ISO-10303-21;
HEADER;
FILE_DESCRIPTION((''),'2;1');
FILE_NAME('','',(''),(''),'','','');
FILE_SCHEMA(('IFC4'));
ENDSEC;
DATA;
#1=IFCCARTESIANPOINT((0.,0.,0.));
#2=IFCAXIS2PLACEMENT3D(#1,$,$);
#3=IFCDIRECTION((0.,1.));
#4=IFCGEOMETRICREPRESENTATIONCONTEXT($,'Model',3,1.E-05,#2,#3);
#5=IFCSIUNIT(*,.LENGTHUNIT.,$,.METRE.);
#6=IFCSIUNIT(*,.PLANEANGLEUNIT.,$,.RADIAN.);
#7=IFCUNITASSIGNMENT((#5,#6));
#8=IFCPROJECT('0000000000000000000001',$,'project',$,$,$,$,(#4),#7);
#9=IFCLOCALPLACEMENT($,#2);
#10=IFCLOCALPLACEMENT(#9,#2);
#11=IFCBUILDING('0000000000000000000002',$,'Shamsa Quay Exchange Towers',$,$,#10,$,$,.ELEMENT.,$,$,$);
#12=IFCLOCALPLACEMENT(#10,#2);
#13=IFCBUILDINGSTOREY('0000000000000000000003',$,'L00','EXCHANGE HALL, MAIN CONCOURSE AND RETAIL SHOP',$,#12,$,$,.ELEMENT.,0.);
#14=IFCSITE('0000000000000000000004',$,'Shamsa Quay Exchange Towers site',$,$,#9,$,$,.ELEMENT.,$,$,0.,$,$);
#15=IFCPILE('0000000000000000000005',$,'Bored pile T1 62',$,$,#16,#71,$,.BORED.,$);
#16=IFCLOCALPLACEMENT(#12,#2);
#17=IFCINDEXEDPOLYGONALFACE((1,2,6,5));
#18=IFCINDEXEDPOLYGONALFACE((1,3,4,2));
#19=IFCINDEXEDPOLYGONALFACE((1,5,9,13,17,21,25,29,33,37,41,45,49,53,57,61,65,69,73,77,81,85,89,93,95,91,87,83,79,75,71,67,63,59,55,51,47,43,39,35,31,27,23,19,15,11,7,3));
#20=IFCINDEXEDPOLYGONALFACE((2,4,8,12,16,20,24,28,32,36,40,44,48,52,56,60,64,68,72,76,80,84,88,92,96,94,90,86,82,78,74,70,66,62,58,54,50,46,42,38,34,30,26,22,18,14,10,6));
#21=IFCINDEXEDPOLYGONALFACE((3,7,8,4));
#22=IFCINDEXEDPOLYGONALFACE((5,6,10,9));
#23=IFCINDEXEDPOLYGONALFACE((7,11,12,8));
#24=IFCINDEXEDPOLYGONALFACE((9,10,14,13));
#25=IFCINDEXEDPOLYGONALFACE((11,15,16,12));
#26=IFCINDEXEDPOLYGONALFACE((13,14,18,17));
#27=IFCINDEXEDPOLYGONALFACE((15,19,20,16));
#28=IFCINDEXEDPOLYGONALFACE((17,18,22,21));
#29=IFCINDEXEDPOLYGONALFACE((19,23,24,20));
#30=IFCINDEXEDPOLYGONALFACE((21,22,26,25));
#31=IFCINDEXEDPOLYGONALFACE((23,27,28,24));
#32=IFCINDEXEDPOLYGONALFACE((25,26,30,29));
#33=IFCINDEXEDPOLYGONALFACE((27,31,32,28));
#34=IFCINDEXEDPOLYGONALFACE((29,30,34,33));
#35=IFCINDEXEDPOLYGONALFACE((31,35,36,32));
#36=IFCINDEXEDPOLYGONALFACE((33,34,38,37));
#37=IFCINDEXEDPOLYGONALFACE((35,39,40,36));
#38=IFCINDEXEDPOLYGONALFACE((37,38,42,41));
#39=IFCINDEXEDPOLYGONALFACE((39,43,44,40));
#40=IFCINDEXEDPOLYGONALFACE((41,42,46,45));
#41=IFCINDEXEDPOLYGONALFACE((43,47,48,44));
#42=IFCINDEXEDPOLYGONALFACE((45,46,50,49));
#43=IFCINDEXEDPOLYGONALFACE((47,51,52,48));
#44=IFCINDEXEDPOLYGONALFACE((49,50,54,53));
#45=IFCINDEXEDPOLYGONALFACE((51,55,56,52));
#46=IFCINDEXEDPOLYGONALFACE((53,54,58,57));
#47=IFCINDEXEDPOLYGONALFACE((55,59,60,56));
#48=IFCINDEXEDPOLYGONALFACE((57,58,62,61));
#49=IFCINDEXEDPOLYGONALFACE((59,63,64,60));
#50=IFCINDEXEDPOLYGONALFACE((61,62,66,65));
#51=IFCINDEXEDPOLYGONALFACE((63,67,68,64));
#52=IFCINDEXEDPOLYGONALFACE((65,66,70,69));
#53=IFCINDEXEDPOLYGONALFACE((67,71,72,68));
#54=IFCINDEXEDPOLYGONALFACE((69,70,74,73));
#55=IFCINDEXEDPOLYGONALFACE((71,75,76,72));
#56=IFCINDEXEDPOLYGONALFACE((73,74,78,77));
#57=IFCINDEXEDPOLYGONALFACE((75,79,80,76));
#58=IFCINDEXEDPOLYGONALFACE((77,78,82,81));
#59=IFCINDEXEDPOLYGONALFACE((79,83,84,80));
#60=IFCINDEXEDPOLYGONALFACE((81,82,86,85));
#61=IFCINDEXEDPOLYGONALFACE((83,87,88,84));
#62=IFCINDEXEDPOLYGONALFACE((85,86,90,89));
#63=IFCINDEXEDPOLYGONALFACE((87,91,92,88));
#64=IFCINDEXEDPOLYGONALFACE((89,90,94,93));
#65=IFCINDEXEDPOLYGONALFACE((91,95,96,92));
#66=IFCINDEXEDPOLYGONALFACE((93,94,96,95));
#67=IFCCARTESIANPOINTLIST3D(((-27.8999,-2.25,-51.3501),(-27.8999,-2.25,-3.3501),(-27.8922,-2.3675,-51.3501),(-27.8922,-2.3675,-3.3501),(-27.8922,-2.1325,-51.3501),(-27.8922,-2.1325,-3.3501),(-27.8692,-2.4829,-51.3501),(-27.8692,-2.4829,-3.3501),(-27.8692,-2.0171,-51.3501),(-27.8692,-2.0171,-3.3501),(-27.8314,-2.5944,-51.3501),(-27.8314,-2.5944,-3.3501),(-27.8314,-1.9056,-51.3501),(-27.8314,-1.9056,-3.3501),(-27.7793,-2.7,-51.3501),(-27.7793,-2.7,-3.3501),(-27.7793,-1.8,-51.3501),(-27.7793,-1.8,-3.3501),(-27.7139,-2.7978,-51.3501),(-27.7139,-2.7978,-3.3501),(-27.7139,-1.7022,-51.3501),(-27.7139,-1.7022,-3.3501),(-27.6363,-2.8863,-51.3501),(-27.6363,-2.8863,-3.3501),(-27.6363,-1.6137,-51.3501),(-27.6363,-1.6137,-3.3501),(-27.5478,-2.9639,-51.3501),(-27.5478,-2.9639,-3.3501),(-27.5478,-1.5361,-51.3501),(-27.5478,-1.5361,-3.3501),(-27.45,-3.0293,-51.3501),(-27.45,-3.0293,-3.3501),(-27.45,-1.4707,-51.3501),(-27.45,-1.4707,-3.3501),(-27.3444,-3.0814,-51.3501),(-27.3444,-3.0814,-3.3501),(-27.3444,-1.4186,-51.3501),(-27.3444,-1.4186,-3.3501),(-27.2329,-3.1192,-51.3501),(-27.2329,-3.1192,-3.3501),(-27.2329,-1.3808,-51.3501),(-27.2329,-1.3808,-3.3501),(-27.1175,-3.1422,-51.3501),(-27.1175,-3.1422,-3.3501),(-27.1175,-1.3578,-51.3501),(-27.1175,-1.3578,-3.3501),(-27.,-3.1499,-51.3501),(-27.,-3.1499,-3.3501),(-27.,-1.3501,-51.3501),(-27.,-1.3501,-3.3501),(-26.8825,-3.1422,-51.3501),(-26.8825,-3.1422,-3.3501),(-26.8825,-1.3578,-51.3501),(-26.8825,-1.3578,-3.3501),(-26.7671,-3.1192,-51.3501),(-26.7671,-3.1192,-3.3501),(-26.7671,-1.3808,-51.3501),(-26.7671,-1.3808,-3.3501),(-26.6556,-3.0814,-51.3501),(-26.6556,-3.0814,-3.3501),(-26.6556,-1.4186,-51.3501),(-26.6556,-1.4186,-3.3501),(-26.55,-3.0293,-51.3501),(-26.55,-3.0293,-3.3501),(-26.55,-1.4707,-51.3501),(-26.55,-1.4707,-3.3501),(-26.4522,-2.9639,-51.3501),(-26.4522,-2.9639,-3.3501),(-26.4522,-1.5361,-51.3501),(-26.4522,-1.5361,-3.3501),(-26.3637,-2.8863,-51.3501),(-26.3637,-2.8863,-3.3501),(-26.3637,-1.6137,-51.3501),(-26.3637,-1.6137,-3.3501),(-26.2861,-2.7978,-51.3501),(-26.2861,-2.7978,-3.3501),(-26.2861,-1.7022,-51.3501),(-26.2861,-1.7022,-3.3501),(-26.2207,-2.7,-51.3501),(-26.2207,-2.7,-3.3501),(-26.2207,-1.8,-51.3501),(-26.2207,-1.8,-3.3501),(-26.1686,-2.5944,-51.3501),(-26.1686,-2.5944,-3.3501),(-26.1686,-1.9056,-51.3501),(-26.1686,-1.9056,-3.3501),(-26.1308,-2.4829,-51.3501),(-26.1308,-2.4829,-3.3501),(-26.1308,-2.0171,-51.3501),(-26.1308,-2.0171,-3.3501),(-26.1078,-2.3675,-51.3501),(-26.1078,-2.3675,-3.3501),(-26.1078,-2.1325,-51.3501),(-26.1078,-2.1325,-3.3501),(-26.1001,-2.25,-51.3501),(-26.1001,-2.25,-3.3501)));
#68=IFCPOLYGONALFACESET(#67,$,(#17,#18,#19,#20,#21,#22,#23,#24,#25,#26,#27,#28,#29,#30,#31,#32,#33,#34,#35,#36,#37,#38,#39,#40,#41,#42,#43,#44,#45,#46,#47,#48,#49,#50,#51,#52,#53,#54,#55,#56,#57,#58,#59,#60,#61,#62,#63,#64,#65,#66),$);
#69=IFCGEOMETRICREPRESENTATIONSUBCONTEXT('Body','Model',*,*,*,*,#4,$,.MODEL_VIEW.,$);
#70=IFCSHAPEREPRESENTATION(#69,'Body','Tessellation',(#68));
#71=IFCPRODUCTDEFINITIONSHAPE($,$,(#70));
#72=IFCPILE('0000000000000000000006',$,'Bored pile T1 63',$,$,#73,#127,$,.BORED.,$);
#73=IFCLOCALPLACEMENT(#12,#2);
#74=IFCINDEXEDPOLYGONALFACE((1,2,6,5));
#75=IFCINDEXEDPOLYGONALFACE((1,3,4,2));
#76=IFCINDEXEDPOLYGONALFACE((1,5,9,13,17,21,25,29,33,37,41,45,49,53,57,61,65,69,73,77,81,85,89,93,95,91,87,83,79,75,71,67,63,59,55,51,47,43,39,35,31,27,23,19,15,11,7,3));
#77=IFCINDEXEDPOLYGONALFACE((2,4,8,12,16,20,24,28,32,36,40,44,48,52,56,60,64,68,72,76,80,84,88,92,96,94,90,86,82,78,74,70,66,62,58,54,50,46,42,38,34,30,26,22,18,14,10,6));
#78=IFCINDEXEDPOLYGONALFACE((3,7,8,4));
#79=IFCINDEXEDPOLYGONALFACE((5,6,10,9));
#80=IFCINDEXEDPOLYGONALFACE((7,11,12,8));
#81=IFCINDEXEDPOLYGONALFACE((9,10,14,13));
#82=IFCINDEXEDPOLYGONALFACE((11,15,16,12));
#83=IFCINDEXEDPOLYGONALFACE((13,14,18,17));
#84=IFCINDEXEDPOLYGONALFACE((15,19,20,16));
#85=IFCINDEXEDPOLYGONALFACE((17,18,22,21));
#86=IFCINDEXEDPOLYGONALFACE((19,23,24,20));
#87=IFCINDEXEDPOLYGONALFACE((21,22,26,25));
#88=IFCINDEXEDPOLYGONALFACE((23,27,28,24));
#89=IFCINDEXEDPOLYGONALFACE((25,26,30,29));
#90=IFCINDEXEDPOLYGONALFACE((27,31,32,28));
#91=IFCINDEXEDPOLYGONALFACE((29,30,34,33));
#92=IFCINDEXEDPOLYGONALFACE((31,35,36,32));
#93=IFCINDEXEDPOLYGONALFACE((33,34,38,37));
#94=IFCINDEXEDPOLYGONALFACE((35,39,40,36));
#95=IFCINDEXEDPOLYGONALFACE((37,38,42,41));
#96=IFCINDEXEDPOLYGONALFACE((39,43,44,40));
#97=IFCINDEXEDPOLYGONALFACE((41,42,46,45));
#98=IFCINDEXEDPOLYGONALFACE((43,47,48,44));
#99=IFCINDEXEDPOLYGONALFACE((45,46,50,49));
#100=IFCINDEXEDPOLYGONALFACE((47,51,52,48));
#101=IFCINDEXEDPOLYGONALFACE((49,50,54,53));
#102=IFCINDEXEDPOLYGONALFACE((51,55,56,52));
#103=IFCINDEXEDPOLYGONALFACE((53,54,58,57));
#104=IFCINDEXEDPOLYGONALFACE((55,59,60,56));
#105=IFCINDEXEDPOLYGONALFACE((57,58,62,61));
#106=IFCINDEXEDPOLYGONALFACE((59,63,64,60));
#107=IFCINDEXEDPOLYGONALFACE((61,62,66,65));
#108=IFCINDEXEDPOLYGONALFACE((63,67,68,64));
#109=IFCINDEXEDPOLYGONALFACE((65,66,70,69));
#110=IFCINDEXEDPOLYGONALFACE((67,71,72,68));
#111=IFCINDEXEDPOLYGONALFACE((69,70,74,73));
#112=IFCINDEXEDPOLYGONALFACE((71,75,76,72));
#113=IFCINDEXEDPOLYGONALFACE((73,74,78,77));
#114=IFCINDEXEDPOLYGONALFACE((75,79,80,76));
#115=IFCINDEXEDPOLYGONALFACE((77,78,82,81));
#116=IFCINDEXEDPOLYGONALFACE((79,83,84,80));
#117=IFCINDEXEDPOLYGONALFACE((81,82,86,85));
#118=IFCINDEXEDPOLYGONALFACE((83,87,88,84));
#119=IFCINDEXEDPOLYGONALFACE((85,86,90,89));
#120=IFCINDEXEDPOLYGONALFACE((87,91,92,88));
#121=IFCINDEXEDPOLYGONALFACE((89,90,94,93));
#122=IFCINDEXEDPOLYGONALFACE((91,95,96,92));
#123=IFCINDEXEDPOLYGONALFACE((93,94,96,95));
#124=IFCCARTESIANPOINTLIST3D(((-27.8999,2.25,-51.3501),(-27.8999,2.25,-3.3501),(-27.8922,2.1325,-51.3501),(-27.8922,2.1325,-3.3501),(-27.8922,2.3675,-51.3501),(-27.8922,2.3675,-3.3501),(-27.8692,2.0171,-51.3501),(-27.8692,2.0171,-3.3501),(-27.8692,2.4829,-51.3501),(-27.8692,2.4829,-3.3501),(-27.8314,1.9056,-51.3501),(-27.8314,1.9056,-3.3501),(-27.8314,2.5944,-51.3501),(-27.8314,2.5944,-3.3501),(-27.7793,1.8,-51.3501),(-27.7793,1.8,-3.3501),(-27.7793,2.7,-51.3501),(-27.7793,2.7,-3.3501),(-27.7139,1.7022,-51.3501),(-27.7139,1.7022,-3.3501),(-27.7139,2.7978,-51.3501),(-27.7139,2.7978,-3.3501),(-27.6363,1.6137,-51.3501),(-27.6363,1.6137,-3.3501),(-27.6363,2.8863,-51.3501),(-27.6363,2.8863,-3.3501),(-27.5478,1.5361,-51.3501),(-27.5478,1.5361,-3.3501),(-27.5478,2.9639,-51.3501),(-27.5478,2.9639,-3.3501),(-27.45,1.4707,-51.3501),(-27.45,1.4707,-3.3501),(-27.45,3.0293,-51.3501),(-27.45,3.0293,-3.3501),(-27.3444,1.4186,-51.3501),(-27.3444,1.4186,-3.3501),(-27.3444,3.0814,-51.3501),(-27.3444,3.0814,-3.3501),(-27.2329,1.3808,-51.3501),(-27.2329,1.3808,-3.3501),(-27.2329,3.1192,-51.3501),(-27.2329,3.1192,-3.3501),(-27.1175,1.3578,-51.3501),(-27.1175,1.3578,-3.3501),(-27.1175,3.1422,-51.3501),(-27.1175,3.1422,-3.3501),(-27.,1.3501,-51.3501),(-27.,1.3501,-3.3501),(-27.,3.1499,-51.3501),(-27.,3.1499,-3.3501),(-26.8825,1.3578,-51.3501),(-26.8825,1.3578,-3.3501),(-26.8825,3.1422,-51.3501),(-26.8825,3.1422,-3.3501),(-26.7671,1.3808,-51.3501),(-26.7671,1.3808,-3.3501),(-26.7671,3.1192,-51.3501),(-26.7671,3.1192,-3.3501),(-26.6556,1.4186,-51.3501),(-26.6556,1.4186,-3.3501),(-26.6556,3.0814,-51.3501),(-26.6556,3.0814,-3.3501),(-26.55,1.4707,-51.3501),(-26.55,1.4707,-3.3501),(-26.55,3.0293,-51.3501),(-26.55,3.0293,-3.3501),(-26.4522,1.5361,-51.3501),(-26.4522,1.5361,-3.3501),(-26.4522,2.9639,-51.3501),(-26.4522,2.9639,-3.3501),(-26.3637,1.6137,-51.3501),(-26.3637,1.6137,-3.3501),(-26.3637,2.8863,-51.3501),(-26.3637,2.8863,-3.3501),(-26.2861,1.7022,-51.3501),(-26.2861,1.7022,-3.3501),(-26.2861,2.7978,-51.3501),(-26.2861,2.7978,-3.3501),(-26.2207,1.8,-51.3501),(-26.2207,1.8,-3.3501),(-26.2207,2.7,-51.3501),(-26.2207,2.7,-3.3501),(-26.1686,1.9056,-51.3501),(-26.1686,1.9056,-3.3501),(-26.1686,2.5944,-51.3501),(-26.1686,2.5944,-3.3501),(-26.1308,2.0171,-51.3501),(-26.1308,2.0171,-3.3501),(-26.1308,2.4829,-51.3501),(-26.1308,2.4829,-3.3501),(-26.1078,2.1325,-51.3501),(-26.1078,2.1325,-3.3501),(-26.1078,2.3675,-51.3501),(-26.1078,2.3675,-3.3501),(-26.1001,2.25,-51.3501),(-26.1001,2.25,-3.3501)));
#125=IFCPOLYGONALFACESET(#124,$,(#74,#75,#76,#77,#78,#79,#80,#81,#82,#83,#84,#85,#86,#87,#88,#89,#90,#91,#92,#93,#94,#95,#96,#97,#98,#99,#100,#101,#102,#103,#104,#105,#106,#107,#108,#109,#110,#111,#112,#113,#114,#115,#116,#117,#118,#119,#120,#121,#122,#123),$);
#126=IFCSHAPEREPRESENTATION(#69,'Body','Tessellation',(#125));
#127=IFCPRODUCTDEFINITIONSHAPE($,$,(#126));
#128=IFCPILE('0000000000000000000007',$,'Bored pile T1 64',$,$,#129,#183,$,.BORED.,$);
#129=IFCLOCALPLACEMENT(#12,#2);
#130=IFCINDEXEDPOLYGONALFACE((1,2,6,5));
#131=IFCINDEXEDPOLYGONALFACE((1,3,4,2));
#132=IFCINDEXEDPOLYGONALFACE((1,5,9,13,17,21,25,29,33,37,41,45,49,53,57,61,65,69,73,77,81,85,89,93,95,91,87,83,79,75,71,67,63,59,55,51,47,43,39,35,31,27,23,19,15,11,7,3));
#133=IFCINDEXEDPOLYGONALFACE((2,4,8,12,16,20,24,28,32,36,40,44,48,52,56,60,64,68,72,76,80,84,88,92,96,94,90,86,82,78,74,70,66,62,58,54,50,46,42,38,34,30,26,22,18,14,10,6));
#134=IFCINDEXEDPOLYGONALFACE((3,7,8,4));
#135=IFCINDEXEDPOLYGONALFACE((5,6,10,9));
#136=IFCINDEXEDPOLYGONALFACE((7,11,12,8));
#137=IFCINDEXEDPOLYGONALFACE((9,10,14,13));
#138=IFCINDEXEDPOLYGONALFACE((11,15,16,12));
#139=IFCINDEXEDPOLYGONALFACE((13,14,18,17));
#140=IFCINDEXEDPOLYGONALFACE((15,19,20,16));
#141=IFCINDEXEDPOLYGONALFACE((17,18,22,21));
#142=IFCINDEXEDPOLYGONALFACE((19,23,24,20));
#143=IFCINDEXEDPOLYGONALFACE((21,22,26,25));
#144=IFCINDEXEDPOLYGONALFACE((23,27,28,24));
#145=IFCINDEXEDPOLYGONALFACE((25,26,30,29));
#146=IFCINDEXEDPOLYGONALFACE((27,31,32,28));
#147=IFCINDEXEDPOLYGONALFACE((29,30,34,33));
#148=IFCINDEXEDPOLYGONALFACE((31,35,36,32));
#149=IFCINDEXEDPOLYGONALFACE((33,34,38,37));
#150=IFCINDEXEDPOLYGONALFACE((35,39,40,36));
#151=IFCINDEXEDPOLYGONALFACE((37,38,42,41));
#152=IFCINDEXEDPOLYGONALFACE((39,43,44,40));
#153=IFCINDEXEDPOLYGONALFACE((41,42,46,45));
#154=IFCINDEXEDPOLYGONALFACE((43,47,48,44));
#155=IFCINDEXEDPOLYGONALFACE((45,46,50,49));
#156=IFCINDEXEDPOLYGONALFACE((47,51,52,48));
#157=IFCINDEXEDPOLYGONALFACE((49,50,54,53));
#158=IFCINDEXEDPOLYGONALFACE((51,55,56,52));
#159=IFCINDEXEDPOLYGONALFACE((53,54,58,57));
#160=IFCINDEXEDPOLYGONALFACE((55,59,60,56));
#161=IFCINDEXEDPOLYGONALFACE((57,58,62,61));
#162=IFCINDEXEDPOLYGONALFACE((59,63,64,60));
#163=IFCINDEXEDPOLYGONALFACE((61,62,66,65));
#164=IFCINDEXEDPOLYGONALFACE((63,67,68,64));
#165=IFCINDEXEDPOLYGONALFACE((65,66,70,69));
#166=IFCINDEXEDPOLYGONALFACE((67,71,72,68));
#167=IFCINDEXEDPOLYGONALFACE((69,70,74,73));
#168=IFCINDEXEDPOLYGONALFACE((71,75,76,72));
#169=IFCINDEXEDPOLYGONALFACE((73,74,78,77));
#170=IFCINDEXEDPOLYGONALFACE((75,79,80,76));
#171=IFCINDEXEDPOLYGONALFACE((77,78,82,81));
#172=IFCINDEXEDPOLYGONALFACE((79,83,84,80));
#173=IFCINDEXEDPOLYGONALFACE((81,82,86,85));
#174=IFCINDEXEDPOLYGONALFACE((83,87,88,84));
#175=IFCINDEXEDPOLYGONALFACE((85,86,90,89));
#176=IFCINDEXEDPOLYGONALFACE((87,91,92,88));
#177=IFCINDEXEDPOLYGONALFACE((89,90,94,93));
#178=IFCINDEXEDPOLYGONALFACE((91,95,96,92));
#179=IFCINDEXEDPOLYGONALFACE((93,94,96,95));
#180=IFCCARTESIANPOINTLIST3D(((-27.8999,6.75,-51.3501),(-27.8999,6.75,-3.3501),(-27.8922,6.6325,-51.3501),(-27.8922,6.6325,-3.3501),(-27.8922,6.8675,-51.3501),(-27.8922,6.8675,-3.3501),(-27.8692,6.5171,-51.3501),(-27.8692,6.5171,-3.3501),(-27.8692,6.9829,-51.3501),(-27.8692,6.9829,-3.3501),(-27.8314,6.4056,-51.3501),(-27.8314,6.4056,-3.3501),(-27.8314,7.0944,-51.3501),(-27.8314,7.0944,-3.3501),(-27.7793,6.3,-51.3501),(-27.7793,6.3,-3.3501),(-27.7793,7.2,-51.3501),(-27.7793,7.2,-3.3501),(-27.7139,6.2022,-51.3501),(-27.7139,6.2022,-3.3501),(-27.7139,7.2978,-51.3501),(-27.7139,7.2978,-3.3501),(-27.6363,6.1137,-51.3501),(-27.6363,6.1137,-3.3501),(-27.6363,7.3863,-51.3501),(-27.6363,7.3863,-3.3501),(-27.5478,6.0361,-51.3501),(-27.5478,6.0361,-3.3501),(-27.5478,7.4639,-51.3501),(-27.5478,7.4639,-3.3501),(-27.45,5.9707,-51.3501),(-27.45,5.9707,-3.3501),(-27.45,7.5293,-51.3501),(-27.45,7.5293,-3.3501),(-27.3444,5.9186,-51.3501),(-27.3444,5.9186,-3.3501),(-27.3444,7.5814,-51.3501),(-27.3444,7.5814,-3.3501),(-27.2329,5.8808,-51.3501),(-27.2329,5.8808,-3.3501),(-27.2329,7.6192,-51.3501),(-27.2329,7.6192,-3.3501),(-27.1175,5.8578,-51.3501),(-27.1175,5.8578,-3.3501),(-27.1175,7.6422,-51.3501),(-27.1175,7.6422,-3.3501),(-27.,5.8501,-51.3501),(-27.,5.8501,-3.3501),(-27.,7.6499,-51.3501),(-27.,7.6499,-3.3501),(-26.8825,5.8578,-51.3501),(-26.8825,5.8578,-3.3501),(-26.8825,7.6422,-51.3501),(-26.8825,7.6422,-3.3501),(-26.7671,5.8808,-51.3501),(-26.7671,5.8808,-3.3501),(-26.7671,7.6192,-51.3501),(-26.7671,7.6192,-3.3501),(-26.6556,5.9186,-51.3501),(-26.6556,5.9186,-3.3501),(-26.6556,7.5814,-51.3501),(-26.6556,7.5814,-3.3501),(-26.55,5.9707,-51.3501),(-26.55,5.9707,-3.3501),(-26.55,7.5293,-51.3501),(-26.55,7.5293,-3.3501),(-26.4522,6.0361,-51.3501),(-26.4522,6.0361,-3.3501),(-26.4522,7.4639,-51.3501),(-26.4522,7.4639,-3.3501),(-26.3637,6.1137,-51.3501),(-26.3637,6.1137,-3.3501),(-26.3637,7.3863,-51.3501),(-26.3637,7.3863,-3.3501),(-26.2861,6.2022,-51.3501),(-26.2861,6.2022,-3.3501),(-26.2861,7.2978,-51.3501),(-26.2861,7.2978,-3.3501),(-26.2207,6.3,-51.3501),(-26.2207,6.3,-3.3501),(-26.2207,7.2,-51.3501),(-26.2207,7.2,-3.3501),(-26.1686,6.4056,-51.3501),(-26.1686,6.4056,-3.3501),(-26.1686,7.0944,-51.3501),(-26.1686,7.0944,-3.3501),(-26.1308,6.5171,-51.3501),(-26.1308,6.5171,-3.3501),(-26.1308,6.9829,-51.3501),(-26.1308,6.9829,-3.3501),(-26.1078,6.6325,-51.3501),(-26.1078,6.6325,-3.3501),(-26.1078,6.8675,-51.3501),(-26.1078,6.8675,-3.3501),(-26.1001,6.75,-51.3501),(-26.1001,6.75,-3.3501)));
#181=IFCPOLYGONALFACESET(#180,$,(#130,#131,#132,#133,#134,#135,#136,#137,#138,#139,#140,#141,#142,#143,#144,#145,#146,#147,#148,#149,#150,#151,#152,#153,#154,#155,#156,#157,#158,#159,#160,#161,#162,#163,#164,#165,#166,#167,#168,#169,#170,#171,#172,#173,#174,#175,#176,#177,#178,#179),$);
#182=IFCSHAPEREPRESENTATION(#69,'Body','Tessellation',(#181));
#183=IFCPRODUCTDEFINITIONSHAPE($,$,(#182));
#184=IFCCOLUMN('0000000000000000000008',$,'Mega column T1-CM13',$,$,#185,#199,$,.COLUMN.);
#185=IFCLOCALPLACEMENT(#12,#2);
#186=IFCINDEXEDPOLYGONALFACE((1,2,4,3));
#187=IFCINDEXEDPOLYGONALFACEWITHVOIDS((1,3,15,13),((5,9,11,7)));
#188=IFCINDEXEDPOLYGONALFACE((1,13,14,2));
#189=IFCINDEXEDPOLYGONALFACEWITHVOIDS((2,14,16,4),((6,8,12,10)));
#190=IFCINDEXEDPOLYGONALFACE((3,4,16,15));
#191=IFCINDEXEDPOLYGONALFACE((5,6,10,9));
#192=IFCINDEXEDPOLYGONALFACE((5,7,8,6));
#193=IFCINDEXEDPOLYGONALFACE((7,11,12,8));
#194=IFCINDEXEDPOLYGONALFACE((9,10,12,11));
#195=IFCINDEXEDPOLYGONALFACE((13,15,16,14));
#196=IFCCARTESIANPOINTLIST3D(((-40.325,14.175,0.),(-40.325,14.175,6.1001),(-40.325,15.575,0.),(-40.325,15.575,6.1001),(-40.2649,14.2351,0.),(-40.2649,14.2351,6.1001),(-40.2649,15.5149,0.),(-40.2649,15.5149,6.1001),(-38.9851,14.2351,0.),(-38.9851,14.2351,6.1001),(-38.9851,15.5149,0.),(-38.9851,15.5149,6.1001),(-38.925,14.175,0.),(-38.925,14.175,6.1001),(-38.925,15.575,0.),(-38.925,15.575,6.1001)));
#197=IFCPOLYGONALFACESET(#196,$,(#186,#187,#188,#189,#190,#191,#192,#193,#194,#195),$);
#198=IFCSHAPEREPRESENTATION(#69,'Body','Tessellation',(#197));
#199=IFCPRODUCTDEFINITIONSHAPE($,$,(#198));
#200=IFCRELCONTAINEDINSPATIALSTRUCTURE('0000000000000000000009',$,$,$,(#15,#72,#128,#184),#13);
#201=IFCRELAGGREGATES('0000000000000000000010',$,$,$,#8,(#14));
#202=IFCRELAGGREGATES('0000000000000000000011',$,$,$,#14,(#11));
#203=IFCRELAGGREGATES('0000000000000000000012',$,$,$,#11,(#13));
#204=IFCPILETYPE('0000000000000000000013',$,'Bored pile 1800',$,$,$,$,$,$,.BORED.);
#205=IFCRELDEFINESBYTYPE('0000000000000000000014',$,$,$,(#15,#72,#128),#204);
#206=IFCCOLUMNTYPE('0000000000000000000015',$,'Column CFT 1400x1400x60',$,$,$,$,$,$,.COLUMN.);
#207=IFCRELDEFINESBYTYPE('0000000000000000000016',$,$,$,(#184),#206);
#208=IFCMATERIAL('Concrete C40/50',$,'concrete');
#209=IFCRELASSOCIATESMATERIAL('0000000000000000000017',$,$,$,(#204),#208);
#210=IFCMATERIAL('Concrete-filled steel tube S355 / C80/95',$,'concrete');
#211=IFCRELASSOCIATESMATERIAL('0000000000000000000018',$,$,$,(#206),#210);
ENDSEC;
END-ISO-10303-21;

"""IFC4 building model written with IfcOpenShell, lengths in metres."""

from ifc_helpers import new_model, si_unit, direction, frame, origin, origin_2d, place, context, subcontext, project, spatial, hollow_rectangle, circle, extrude, material, material_profile, profile_set, type_object, element, save


model = new_model("IFC4")

# Units and contexts
model_context = context("Model", 3, precision=1e-05, world=origin(), true_north=direction((0.0, 1.0)))
body_context = subcontext(model_context, "Body", "Model", "MODEL_VIEW")
ifc_project = project(units=[si_unit("LENGTHUNIT", "METRE"), si_unit("PLANEANGLEUNIT", "RADIAN")], contexts=[model_context])

# Site, building, storey
site_placement = place(None, origin())
site = spatial("IfcSite", under=ifc_project, at=site_placement, Name="Shamsa Quay Exchange Towers site", CompositionType="ELEMENT", RefElevation=0.0)
building_placement = place(site_placement, origin())
building = spatial("IfcBuilding", under=site, at=building_placement, Name="Shamsa Quay Exchange Towers", CompositionType="ELEMENT")
storey_placement = place(building_placement, origin())
storey = spatial("IfcBuildingStorey", under=building, at=storey_placement, Name="L00", Description="EXCHANGE HALL, MAIN CONCOURSE AND RETAIL SHOP", CompositionType="ELEMENT", Elevation=0.0)

# Piles
ifc_material_1 = material(Name="Concrete C40/50", Category="concrete")
ifc_material_profile_1 = material_profile(ifc_material_1, circle(Radius=0.8999, at=origin_2d()), Name="BP1800")
ifc_profile_set_1 = profile_set([ifc_material_profile_1], Name="Concrete C40/50")
pile_type_1 = type_object("IfcPileType", Name="Bored pile 1800", PredefinedType="BORED", material=ifc_profile_set_1)
for number, where, z_axis, x_axis, name in (
    (1, (-27.0, -2.25, -3.3501), (0.0, 0.0, -1.0), (1.0, 0.0, 0.0), "Bored pile T1 62"),
    (2, (-27.0, 2.25, -3.3501), (0.0, 0.0, -1.0), (1.0, 0.0, 0.0), "Bored pile T1 63"),
    (3, (-27.0, 6.75, -3.3501), (0.0, 0.0, -1.0), (1.0, 0.0, 0.0), "Bored pile T1 64"),
):
    element("IfcPile", number, at=place(storey_placement, frame(where, z_axis=z_axis, x_axis=x_axis)), inside=storey, type_object=pile_type_1, Name=name, PredefinedType="BORED", context=body_context, shape_type="SweptSolid", body=[
        extrude(circle(Radius=0.8999, at=origin_2d()), origin(), (0.0, 0.0, 1.0), 48.0),
    ])

# Column
ifc_material_2 = material(Name="Concrete-filled steel tube S355 / C80/95", Category="concrete")
ifc_material_profile_2 = material_profile(ifc_material_2, hollow_rectangle(XDim=1.3999, YDim=1.3999, WallThickness=0.0601, at=origin_2d()), Name="CFT 1400x1400x60")
ifc_profile_set_2 = profile_set([ifc_material_profile_2], Name="Concrete-filled steel tube S355 / C80/95")
column_type = type_object("IfcColumnType", Name="Column CFT 1400x1400x60", PredefinedType="COLUMN", material=ifc_profile_set_2)
for number, where, name in (
    (4, (-39.625, 14.875, 0.0), "Mega column T1-CM13"),
):
    element("IfcColumn", number, at=place(storey_placement, frame(where)), inside=storey, type_object=column_type, Name=name, PredefinedType="COLUMN", context=body_context, shape_type="SweptSolid", body=[
        extrude(hollow_rectangle(XDim=1.3999, YDim=1.3999, WallThickness=0.0601, at=origin_2d()), origin(), (0.0, 0.0, 1.0), 6.1001),
    ])

save(model, "model.ifc")
